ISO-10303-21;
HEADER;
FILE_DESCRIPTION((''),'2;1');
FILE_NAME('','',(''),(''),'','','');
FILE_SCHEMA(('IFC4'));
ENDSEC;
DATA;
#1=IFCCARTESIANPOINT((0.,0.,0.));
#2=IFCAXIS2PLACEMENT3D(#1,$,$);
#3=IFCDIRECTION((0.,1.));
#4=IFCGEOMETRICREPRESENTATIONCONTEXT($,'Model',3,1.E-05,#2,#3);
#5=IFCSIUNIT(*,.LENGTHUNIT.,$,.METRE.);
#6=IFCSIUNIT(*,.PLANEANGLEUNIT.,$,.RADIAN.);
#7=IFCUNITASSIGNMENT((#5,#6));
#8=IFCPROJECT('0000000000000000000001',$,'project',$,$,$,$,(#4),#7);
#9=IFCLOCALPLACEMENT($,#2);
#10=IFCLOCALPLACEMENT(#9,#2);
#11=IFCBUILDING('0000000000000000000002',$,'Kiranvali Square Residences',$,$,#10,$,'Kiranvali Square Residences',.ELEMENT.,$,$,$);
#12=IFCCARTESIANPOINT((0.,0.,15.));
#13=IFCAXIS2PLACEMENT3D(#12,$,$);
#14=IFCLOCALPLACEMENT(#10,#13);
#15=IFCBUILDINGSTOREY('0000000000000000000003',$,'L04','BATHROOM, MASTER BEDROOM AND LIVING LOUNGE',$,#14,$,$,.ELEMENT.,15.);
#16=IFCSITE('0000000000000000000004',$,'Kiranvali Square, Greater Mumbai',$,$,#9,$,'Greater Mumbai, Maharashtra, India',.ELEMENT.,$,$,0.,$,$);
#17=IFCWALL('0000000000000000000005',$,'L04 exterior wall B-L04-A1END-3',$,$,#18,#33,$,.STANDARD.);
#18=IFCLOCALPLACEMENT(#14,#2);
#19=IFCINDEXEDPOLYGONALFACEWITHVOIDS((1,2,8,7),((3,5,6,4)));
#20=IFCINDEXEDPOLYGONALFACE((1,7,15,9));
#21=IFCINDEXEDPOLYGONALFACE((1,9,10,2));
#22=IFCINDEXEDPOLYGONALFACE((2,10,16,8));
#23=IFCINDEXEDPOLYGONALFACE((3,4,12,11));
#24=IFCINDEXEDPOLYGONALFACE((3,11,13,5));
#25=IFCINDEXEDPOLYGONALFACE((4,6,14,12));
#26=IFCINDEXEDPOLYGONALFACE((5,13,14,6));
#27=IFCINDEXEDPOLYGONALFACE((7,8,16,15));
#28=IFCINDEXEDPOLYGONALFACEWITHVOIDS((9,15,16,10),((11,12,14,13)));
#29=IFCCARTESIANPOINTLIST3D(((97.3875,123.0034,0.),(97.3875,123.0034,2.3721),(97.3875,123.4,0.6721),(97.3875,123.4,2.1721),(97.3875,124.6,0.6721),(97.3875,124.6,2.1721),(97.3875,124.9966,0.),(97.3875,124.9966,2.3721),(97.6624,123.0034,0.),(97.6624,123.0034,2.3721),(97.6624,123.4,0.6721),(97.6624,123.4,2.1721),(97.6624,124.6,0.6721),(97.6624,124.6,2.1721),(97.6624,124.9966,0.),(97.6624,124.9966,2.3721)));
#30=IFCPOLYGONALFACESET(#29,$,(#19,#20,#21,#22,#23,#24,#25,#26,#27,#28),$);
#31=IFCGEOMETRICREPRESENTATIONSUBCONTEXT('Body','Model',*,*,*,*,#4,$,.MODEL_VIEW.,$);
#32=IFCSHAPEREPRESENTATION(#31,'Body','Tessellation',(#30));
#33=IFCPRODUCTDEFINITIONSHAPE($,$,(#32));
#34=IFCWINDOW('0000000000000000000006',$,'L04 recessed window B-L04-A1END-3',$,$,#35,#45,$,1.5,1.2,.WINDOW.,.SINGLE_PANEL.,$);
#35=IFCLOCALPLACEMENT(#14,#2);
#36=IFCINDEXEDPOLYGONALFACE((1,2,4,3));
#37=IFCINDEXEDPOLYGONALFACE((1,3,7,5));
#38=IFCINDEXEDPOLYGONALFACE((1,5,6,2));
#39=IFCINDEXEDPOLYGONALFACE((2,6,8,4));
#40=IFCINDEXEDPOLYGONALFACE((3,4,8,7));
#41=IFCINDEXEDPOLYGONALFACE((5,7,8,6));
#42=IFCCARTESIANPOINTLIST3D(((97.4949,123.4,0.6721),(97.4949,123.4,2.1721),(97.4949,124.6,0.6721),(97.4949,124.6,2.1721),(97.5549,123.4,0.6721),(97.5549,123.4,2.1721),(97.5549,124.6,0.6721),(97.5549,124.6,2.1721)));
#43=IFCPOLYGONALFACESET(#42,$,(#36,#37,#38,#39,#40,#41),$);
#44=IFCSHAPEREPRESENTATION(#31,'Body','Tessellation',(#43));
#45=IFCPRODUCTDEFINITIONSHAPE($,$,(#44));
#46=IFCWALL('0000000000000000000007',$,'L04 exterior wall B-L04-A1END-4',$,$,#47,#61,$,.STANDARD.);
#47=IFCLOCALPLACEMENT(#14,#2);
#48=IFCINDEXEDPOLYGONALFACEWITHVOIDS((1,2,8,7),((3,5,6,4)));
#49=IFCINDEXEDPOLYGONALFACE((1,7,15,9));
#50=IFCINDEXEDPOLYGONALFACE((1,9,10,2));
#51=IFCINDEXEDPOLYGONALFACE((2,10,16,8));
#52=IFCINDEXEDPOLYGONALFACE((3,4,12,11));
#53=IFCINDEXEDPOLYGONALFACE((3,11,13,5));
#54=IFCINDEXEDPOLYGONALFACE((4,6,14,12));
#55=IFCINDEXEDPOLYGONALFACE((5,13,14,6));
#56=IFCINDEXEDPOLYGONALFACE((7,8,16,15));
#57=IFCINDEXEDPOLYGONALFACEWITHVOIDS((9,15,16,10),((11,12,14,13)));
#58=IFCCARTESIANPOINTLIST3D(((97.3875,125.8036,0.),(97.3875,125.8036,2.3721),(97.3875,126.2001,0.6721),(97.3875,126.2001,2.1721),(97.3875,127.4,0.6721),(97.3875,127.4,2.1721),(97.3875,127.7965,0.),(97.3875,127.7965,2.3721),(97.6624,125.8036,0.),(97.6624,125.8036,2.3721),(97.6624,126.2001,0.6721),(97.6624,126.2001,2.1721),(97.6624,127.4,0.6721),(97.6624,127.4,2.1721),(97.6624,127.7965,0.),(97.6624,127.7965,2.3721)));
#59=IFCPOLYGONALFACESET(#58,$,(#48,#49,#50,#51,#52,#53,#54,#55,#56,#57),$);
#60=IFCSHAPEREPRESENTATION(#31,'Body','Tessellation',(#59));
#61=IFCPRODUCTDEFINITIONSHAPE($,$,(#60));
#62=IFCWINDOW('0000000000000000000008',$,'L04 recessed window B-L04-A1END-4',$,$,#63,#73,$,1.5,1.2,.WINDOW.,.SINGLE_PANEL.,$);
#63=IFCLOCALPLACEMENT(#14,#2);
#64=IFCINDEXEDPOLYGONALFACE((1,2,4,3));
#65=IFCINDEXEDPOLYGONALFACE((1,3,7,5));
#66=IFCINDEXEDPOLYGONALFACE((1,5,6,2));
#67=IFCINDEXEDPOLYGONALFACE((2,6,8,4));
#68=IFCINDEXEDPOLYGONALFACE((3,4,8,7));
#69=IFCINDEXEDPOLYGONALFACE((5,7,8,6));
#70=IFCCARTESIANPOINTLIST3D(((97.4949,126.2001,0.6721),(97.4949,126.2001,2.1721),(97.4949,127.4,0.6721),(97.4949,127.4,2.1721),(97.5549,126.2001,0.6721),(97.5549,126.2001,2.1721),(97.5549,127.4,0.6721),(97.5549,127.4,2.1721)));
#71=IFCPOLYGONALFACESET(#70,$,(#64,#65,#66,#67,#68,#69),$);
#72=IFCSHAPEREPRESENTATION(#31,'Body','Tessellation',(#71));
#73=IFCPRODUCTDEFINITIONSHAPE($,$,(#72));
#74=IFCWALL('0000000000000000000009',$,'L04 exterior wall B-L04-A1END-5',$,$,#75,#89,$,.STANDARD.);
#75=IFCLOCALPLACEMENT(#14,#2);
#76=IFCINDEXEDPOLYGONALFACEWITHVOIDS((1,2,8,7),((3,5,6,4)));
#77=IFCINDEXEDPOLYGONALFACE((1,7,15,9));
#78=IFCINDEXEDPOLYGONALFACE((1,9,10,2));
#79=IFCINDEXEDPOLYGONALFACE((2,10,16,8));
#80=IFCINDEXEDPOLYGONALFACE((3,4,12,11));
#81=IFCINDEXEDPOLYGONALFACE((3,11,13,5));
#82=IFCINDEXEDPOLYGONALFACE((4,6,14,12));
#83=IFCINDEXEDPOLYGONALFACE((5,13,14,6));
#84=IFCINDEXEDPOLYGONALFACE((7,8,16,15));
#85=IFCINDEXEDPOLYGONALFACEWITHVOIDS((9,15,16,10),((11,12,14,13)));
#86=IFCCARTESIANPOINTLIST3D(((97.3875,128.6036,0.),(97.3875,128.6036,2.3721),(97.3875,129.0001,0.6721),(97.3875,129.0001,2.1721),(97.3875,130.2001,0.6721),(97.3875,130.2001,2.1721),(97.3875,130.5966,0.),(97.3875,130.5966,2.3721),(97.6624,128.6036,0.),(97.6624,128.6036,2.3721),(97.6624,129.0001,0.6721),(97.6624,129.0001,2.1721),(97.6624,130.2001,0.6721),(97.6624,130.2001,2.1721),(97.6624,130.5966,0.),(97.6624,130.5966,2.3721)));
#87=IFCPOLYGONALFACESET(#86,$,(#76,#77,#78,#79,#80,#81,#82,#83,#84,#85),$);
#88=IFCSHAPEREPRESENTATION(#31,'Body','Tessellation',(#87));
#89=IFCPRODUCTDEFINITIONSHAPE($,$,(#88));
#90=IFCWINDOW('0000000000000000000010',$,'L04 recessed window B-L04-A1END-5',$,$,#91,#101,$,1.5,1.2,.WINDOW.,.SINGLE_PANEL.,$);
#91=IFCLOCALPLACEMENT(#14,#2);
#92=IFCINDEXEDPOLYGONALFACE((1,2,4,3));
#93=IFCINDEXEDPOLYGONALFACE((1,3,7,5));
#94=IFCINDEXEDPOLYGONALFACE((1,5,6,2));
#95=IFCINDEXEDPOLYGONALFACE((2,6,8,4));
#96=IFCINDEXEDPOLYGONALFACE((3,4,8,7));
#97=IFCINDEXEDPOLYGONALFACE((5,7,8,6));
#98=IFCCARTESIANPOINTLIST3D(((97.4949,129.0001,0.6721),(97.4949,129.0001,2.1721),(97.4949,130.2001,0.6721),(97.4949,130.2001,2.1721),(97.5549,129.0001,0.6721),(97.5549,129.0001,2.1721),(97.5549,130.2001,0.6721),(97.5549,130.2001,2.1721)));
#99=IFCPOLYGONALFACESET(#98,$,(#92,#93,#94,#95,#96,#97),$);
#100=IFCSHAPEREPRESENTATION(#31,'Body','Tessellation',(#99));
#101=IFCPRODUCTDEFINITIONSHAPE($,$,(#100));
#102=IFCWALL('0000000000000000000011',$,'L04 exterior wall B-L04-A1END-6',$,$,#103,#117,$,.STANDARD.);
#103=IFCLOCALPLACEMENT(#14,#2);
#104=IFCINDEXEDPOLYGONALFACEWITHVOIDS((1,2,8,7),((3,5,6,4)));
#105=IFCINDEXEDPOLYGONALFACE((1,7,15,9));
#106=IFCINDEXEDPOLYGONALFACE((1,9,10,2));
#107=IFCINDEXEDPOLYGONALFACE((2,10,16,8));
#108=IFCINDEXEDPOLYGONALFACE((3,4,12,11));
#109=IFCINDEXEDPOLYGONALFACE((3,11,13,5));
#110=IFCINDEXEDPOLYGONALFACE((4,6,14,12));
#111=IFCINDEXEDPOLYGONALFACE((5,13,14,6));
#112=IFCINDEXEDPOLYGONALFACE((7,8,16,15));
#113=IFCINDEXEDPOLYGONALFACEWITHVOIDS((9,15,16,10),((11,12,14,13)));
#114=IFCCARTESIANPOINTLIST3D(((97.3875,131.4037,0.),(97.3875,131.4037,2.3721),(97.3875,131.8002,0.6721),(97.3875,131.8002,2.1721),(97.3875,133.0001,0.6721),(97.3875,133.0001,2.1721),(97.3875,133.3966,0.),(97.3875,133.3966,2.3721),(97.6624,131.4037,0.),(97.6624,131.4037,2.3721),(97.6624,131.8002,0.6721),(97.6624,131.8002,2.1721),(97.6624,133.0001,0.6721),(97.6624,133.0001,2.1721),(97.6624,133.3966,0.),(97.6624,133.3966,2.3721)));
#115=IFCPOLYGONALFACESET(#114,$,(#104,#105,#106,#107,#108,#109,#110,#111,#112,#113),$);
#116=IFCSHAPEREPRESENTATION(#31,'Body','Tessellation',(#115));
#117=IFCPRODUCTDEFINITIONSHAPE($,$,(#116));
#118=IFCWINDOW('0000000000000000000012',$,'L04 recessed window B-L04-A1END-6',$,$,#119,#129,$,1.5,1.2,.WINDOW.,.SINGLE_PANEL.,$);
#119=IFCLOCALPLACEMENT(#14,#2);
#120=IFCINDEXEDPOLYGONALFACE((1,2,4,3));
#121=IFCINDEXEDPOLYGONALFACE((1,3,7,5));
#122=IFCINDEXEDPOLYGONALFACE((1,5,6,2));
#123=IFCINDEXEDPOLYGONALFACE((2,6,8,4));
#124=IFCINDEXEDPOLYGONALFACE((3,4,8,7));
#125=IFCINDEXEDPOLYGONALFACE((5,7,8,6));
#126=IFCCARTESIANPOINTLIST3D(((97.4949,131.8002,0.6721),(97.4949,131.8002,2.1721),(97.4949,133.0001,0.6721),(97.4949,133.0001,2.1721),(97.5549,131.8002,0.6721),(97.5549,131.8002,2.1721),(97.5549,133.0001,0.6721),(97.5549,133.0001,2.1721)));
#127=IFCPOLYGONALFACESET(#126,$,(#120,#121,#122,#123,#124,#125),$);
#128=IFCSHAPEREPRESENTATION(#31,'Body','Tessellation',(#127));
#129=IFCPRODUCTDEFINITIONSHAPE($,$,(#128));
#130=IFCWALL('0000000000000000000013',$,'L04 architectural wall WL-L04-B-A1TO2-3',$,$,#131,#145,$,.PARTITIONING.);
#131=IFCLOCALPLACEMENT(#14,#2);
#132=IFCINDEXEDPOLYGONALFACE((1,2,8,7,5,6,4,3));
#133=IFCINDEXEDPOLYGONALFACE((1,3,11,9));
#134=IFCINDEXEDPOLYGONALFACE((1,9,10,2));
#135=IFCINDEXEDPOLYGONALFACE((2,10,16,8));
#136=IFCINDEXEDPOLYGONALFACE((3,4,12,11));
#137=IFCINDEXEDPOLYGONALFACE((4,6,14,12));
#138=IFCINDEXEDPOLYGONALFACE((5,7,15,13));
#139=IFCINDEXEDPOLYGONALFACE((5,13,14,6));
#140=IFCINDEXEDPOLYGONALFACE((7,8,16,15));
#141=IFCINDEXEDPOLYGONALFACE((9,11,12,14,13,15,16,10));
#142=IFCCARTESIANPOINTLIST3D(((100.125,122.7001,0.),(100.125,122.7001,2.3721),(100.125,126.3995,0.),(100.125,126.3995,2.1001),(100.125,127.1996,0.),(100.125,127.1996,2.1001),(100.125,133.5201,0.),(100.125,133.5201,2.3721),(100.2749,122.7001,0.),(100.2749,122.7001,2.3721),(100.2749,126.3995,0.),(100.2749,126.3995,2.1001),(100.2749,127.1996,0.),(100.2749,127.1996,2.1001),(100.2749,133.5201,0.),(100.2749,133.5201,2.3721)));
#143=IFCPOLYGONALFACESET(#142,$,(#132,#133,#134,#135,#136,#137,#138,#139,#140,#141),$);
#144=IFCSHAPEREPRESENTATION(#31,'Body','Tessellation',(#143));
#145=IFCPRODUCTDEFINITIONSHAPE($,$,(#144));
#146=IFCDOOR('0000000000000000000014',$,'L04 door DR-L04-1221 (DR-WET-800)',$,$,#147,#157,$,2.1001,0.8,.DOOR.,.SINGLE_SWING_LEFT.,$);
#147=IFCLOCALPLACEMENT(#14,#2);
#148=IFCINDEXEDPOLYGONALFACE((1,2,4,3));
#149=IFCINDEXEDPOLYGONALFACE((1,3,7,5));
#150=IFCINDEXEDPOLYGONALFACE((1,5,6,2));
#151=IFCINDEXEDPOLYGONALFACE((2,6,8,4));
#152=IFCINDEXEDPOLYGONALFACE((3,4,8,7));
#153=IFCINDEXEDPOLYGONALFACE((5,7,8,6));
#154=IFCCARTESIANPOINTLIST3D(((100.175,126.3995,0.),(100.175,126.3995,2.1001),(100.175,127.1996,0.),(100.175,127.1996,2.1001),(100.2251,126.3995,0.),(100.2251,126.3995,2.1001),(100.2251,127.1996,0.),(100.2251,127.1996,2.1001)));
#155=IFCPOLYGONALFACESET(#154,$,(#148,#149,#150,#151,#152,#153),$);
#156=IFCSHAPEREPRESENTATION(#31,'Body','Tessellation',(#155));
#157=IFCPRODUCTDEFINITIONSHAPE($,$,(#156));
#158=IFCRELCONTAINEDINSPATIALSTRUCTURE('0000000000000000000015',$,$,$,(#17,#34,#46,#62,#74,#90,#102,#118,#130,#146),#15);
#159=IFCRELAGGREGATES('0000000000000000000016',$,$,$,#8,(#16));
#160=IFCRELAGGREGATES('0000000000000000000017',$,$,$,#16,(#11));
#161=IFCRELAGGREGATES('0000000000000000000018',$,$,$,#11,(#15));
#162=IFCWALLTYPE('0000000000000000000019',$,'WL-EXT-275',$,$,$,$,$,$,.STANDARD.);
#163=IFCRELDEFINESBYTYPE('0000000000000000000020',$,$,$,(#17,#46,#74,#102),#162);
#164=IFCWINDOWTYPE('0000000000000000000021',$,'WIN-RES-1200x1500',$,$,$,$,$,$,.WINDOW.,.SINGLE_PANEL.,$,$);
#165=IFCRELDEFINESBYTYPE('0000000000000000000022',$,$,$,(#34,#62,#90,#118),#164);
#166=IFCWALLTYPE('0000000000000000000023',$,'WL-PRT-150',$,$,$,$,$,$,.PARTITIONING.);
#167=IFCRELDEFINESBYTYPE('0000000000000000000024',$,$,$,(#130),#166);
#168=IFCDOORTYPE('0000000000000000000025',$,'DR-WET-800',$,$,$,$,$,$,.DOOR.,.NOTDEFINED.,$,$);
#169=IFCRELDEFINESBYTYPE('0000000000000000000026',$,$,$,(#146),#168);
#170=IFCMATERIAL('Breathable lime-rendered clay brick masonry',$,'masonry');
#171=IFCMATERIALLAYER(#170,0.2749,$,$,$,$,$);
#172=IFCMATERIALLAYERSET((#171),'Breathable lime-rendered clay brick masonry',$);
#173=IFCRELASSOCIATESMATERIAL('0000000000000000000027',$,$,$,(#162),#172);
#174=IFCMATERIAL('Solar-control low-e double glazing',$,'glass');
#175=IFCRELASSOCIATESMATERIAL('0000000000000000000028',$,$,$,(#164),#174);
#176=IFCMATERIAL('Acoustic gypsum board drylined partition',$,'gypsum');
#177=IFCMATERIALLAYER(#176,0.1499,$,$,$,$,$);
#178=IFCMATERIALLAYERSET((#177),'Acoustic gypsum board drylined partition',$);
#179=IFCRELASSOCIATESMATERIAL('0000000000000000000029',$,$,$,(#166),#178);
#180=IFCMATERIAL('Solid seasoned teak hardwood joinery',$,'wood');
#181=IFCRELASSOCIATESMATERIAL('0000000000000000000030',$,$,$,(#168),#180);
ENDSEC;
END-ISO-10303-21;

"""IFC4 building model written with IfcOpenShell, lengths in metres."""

from ifc_helpers import new_model, si_unit, direction, frame, frame_2d, origin, place, context, subcontext, project, spatial, rectangle, extrude, material, layer, layer_set, type_object, element, fill, save


model = new_model("IFC4")

# Units and contexts
model_context = context("Model", 3, precision=1e-05, world=origin(), true_north=direction((0.0, 1.0)))
body_context = subcontext(model_context, "Body", "Model", "MODEL_VIEW")
ifc_project = project(units=[si_unit("LENGTHUNIT", "METRE"), si_unit("PLANEANGLEUNIT", "RADIAN")], contexts=[model_context])

# Site, building, storey
site_placement = place(None, origin())
site = spatial("IfcSite", under=ifc_project, at=site_placement, Name="Kiranvali Square, Greater Mumbai", LongName="Greater Mumbai, Maharashtra, India", CompositionType="ELEMENT", RefElevation=0.0)
building_placement = place(site_placement, origin())
building = spatial("IfcBuilding", under=site, at=building_placement, Name="Kiranvali Square Residences", LongName="Kiranvali Square Residences", CompositionType="ELEMENT")
storey_placement = place(building_placement, frame((0.0, 0.0, 15.0)))
storey = spatial("IfcBuildingStorey", under=building, at=storey_placement, Name="L04", Description="BATHROOM, MASTER BEDROOM AND LIVING LOUNGE", CompositionType="ELEMENT", Elevation=15.0)

# Walls, openings, windows
ifc_material_1 = material(Name="Breathable lime-rendered clay brick masonry", Category="masonry")
ifc_layer_1 = layer(ifc_material_1, 0.2749)
ifc_layer_set_1 = layer_set([ifc_layer_1], Name="Breathable lime-rendered clay brick masonry")
wall_type_1 = type_object("IfcWallType", Name="WL-EXT-275", PredefinedType="STANDARD", material=ifc_layer_set_1)
ifc_material_2 = material(Name="Solar-control low-e double glazing", Category="glass")
wall_1_placement = place(storey_placement, frame((97.5249, 123.0034, 0.0), z_axis=(0.0, 0.0, 1.0), x_axis=(0.0, 1.0, 0.0)))
wall_1 = element("IfcWall", 1, at=wall_1_placement, inside=storey, type_object=wall_type_1, Name="L04 exterior wall B-L04-A1END-3", PredefinedType="STANDARD", context=body_context, shape_type="SweptSolid", body=[
    extrude(rectangle(XDim=1.9932, YDim=0.2749, at=frame_2d((0.9966, 0.0))), origin(), (0.0, 0.0, 1.0), 2.3721),
])
opening_1_placement = place(wall_1_placement, frame((0.3965, 0.0, 0.6721)))
opening_1 = element("IfcOpeningElement", 2, at=opening_1_placement, cuts=wall_1, PredefinedType="OPENING", context=body_context, shape_type="SweptSolid", body=[
    extrude(rectangle(XDim=1.2, YDim=1.5, at=frame_2d((0.6001, 0.75))), frame((0.0, 0.1475, 0.0), z_axis=(0.0, -1.0, 0.0), x_axis=(1.0, 0.0, 0.0)), (0.0, 0.0, 1.0), 0.2949),
])
window_type_1 = type_object("IfcWindowType", Name="WIN-RES-1200x1500", PartitioningType="SINGLE_PANEL", PredefinedType="WINDOW", material=ifc_material_2)
window_1_placement = place(opening_1_placement, origin())
window_1 = element("IfcWindow", 3, at=window_1_placement, inside=storey, type_object=window_type_1, Name="L04 recessed window B-L04-A1END-3", OverallHeight=1.5, OverallWidth=1.2, PartitioningType="SINGLE_PANEL", PredefinedType="WINDOW", context=body_context, shape_type="SweptSolid", body=[
    extrude(rectangle(XDim=1.2, YDim=1.5, at=frame_2d((0.6001, 0.75))), frame((0.0, 0.03, 0.0), z_axis=(0.0, -1.0, 0.0), x_axis=(1.0, 0.0, 0.0)), (0.0, 0.0, 1.0), 0.0601),
])
fill(opening_1, window_1)
wall_2_placement = place(storey_placement, frame((97.5249, 125.8035, 0.0), z_axis=(0.0, 0.0, 1.0), x_axis=(0.0, 1.0, 0.0)))
wall_2 = element("IfcWall", 4, at=wall_2_placement, inside=storey, type_object=wall_type_1, Name="L04 exterior wall B-L04-A1END-4", PredefinedType="STANDARD", context=body_context, shape_type="SweptSolid", body=[
    extrude(rectangle(XDim=1.9929, YDim=0.2749, at=frame_2d((0.9966, 0.0))), origin(), (0.0, 0.0, 1.0), 2.3721),
])
opening_2_placement = place(wall_2_placement, frame((0.3965, 0.0, 0.6721)))
opening_2 = element("IfcOpeningElement", 5, at=opening_2_placement, cuts=wall_2, PredefinedType="OPENING", context=body_context, shape_type="SweptSolid", body=[
    extrude(rectangle(XDim=1.2, YDim=1.5, at=frame_2d((0.6001, 0.75))), frame((0.0, 0.1475, 0.0), z_axis=(0.0, -1.0, 0.0), x_axis=(1.0, 0.0, 0.0)), (0.0, 0.0, 1.0), 0.2949),
])
window_2_placement = place(opening_2_placement, origin())
window_2 = element("IfcWindow", 6, at=window_2_placement, inside=storey, type_object=window_type_1, Name="L04 recessed window B-L04-A1END-4", OverallHeight=1.5, OverallWidth=1.2, PartitioningType="SINGLE_PANEL", PredefinedType="WINDOW", context=body_context, shape_type="SweptSolid", body=[
    extrude(rectangle(XDim=1.2, YDim=1.5, at=frame_2d((0.6001, 0.75))), frame((0.0, 0.03, 0.0), z_axis=(0.0, -1.0, 0.0), x_axis=(1.0, 0.0, 0.0)), (0.0, 0.0, 1.0), 0.0601),
])
fill(opening_2, window_2)
wall_3_placement = place(storey_placement, frame((97.5249, 128.6035, 0.0), z_axis=(0.0, 0.0, 1.0), x_axis=(0.0, 1.0, 0.0)))
wall_3 = element("IfcWall", 7, at=wall_3_placement, inside=storey, type_object=wall_type_1, Name="L04 exterior wall B-L04-A1END-5", PredefinedType="STANDARD", context=body_context, shape_type="SweptSolid", body=[
    extrude(rectangle(XDim=1.9929, YDim=0.2749, at=frame_2d((0.9966, 0.0))), origin(), (0.0, 0.0, 1.0), 2.3721),
])
opening_3_placement = place(wall_3_placement, frame((0.3965, 0.0, 0.6721)))
opening_3 = element("IfcOpeningElement", 8, at=opening_3_placement, cuts=wall_3, PredefinedType="OPENING", context=body_context, shape_type="SweptSolid", body=[
    extrude(rectangle(XDim=1.2, YDim=1.5, at=frame_2d((0.6001, 0.75))), frame((0.0, 0.1475, 0.0), z_axis=(0.0, -1.0, 0.0), x_axis=(1.0, 0.0, 0.0)), (0.0, 0.0, 1.0), 0.2949),
])
window_3_placement = place(opening_3_placement, origin())
window_3 = element("IfcWindow", 9, at=window_3_placement, inside=storey, type_object=window_type_1, Name="L04 recessed window B-L04-A1END-5", OverallHeight=1.5, OverallWidth=1.2, PartitioningType="SINGLE_PANEL", PredefinedType="WINDOW", context=body_context, shape_type="SweptSolid", body=[
    extrude(rectangle(XDim=1.2, YDim=1.5, at=frame_2d((0.6001, 0.75))), frame((0.0, 0.03, 0.0), z_axis=(0.0, -1.0, 0.0), x_axis=(1.0, 0.0, 0.0)), (0.0, 0.0, 1.0), 0.0601),
])
fill(opening_3, window_3)
wall_4_placement = place(storey_placement, frame((97.5249, 131.4036, 0.0), z_axis=(0.0, 0.0, 1.0), x_axis=(0.0, 1.0, 0.0)))
wall_4 = element("IfcWall", 10, at=wall_4_placement, inside=storey, type_object=wall_type_1, Name="L04 exterior wall B-L04-A1END-6", PredefinedType="STANDARD", context=body_context, shape_type="SweptSolid", body=[
    extrude(rectangle(XDim=1.9929, YDim=0.2749, at=frame_2d((0.9966, 0.0))), origin(), (0.0, 0.0, 1.0), 2.3721),
])
opening_4_placement = place(wall_4_placement, frame((0.3965, 0.0, 0.6721)))
opening_4 = element("IfcOpeningElement", 11, at=opening_4_placement, cuts=wall_4, PredefinedType="OPENING", context=body_context, shape_type="SweptSolid", body=[
    extrude(rectangle(XDim=1.2, YDim=1.5, at=frame_2d((0.6001, 0.75))), frame((0.0, 0.1475, 0.0), z_axis=(0.0, -1.0, 0.0), x_axis=(1.0, 0.0, 0.0)), (0.0, 0.0, 1.0), 0.2949),
])
window_4_placement = place(opening_4_placement, origin())
window_4 = element("IfcWindow", 12, at=window_4_placement, inside=storey, type_object=window_type_1, Name="L04 recessed window B-L04-A1END-6", OverallHeight=1.5, OverallWidth=1.2, PartitioningType="SINGLE_PANEL", PredefinedType="WINDOW", context=body_context, shape_type="SweptSolid", body=[
    extrude(rectangle(XDim=1.2, YDim=1.5, at=frame_2d((0.6001, 0.75))), frame((0.0, 0.03, 0.0), z_axis=(0.0, -1.0, 0.0), x_axis=(1.0, 0.0, 0.0)), (0.0, 0.0, 1.0), 0.0601),
])
fill(opening_4, window_4)

# Wall, opening, door
ifc_material_3 = material(Name="Acoustic gypsum board drylined partition", Category="gypsum")
ifc_layer_2 = layer(ifc_material_3, 0.1499)
ifc_layer_set_2 = layer_set([ifc_layer_2], Name="Acoustic gypsum board drylined partition")
wall_type_2 = type_object("IfcWallType", Name="WL-PRT-150", PredefinedType="PARTITIONING", material=ifc_layer_set_2)
wall_5_placement = place(storey_placement, frame((100.2, 122.7, 0.0), z_axis=(0.0, 0.0, 1.0), x_axis=(0.0, 1.0, 0.0)))
wall_5 = element("IfcWall", 13, at=wall_5_placement, inside=storey, type_object=wall_type_2, Name="L04 architectural wall WL-L04-B-A1TO2-3", PredefinedType="PARTITIONING", context=body_context, shape_type="SweptSolid", body=[
    extrude(rectangle(XDim=10.8201, YDim=0.1499, at=frame_2d((5.4102, 0.0))), origin(), (0.0, 0.0, 1.0), 2.3721),
])
opening_5_placement = place(wall_5_placement, frame((3.6997, 0.0, 0.0)))
opening_5 = element("IfcOpeningElement", 14, at=opening_5_placement, cuts=wall_5, PredefinedType="OPENING", context=body_context, shape_type="SweptSolid", body=[
    extrude(rectangle(XDim=0.8, YDim=2.1001, at=frame_2d((0.3999, 1.05))), frame((0.0, 0.085, 0.0), z_axis=(0.0, -1.0, 0.0), x_axis=(1.0, 0.0, 0.0)), (0.0, 0.0, 1.0), 0.1699),
])
ifc_material_4 = material(Name="Solid seasoned teak hardwood joinery", Category="wood")
door_type = type_object("IfcDoorType", Name="DR-WET-800", OperationType="NOTDEFINED", PredefinedType="DOOR", material=ifc_material_4)
door_1_placement = place(opening_5_placement, origin())
door_1 = element("IfcDoor", 15, at=door_1_placement, inside=storey, type_object=door_type, Name="L04 door DR-L04-1221 (DR-WET-800)", OperationType="SINGLE_SWING_LEFT", OverallHeight=2.1001, OverallWidth=0.8, PredefinedType="DOOR", context=body_context, shape_type="SweptSolid", body=[
    extrude(rectangle(XDim=0.8, YDim=2.1001, at=frame_2d((0.3999, 1.05))), frame((0.0, 0.0249, 0.0), z_axis=(0.0, -1.0, 0.0), x_axis=(1.0, 0.0, 0.0)), (0.0, 0.0, 1.0), 0.05),
])
fill(opening_5, door_1)

save(model, "model.ifc")
